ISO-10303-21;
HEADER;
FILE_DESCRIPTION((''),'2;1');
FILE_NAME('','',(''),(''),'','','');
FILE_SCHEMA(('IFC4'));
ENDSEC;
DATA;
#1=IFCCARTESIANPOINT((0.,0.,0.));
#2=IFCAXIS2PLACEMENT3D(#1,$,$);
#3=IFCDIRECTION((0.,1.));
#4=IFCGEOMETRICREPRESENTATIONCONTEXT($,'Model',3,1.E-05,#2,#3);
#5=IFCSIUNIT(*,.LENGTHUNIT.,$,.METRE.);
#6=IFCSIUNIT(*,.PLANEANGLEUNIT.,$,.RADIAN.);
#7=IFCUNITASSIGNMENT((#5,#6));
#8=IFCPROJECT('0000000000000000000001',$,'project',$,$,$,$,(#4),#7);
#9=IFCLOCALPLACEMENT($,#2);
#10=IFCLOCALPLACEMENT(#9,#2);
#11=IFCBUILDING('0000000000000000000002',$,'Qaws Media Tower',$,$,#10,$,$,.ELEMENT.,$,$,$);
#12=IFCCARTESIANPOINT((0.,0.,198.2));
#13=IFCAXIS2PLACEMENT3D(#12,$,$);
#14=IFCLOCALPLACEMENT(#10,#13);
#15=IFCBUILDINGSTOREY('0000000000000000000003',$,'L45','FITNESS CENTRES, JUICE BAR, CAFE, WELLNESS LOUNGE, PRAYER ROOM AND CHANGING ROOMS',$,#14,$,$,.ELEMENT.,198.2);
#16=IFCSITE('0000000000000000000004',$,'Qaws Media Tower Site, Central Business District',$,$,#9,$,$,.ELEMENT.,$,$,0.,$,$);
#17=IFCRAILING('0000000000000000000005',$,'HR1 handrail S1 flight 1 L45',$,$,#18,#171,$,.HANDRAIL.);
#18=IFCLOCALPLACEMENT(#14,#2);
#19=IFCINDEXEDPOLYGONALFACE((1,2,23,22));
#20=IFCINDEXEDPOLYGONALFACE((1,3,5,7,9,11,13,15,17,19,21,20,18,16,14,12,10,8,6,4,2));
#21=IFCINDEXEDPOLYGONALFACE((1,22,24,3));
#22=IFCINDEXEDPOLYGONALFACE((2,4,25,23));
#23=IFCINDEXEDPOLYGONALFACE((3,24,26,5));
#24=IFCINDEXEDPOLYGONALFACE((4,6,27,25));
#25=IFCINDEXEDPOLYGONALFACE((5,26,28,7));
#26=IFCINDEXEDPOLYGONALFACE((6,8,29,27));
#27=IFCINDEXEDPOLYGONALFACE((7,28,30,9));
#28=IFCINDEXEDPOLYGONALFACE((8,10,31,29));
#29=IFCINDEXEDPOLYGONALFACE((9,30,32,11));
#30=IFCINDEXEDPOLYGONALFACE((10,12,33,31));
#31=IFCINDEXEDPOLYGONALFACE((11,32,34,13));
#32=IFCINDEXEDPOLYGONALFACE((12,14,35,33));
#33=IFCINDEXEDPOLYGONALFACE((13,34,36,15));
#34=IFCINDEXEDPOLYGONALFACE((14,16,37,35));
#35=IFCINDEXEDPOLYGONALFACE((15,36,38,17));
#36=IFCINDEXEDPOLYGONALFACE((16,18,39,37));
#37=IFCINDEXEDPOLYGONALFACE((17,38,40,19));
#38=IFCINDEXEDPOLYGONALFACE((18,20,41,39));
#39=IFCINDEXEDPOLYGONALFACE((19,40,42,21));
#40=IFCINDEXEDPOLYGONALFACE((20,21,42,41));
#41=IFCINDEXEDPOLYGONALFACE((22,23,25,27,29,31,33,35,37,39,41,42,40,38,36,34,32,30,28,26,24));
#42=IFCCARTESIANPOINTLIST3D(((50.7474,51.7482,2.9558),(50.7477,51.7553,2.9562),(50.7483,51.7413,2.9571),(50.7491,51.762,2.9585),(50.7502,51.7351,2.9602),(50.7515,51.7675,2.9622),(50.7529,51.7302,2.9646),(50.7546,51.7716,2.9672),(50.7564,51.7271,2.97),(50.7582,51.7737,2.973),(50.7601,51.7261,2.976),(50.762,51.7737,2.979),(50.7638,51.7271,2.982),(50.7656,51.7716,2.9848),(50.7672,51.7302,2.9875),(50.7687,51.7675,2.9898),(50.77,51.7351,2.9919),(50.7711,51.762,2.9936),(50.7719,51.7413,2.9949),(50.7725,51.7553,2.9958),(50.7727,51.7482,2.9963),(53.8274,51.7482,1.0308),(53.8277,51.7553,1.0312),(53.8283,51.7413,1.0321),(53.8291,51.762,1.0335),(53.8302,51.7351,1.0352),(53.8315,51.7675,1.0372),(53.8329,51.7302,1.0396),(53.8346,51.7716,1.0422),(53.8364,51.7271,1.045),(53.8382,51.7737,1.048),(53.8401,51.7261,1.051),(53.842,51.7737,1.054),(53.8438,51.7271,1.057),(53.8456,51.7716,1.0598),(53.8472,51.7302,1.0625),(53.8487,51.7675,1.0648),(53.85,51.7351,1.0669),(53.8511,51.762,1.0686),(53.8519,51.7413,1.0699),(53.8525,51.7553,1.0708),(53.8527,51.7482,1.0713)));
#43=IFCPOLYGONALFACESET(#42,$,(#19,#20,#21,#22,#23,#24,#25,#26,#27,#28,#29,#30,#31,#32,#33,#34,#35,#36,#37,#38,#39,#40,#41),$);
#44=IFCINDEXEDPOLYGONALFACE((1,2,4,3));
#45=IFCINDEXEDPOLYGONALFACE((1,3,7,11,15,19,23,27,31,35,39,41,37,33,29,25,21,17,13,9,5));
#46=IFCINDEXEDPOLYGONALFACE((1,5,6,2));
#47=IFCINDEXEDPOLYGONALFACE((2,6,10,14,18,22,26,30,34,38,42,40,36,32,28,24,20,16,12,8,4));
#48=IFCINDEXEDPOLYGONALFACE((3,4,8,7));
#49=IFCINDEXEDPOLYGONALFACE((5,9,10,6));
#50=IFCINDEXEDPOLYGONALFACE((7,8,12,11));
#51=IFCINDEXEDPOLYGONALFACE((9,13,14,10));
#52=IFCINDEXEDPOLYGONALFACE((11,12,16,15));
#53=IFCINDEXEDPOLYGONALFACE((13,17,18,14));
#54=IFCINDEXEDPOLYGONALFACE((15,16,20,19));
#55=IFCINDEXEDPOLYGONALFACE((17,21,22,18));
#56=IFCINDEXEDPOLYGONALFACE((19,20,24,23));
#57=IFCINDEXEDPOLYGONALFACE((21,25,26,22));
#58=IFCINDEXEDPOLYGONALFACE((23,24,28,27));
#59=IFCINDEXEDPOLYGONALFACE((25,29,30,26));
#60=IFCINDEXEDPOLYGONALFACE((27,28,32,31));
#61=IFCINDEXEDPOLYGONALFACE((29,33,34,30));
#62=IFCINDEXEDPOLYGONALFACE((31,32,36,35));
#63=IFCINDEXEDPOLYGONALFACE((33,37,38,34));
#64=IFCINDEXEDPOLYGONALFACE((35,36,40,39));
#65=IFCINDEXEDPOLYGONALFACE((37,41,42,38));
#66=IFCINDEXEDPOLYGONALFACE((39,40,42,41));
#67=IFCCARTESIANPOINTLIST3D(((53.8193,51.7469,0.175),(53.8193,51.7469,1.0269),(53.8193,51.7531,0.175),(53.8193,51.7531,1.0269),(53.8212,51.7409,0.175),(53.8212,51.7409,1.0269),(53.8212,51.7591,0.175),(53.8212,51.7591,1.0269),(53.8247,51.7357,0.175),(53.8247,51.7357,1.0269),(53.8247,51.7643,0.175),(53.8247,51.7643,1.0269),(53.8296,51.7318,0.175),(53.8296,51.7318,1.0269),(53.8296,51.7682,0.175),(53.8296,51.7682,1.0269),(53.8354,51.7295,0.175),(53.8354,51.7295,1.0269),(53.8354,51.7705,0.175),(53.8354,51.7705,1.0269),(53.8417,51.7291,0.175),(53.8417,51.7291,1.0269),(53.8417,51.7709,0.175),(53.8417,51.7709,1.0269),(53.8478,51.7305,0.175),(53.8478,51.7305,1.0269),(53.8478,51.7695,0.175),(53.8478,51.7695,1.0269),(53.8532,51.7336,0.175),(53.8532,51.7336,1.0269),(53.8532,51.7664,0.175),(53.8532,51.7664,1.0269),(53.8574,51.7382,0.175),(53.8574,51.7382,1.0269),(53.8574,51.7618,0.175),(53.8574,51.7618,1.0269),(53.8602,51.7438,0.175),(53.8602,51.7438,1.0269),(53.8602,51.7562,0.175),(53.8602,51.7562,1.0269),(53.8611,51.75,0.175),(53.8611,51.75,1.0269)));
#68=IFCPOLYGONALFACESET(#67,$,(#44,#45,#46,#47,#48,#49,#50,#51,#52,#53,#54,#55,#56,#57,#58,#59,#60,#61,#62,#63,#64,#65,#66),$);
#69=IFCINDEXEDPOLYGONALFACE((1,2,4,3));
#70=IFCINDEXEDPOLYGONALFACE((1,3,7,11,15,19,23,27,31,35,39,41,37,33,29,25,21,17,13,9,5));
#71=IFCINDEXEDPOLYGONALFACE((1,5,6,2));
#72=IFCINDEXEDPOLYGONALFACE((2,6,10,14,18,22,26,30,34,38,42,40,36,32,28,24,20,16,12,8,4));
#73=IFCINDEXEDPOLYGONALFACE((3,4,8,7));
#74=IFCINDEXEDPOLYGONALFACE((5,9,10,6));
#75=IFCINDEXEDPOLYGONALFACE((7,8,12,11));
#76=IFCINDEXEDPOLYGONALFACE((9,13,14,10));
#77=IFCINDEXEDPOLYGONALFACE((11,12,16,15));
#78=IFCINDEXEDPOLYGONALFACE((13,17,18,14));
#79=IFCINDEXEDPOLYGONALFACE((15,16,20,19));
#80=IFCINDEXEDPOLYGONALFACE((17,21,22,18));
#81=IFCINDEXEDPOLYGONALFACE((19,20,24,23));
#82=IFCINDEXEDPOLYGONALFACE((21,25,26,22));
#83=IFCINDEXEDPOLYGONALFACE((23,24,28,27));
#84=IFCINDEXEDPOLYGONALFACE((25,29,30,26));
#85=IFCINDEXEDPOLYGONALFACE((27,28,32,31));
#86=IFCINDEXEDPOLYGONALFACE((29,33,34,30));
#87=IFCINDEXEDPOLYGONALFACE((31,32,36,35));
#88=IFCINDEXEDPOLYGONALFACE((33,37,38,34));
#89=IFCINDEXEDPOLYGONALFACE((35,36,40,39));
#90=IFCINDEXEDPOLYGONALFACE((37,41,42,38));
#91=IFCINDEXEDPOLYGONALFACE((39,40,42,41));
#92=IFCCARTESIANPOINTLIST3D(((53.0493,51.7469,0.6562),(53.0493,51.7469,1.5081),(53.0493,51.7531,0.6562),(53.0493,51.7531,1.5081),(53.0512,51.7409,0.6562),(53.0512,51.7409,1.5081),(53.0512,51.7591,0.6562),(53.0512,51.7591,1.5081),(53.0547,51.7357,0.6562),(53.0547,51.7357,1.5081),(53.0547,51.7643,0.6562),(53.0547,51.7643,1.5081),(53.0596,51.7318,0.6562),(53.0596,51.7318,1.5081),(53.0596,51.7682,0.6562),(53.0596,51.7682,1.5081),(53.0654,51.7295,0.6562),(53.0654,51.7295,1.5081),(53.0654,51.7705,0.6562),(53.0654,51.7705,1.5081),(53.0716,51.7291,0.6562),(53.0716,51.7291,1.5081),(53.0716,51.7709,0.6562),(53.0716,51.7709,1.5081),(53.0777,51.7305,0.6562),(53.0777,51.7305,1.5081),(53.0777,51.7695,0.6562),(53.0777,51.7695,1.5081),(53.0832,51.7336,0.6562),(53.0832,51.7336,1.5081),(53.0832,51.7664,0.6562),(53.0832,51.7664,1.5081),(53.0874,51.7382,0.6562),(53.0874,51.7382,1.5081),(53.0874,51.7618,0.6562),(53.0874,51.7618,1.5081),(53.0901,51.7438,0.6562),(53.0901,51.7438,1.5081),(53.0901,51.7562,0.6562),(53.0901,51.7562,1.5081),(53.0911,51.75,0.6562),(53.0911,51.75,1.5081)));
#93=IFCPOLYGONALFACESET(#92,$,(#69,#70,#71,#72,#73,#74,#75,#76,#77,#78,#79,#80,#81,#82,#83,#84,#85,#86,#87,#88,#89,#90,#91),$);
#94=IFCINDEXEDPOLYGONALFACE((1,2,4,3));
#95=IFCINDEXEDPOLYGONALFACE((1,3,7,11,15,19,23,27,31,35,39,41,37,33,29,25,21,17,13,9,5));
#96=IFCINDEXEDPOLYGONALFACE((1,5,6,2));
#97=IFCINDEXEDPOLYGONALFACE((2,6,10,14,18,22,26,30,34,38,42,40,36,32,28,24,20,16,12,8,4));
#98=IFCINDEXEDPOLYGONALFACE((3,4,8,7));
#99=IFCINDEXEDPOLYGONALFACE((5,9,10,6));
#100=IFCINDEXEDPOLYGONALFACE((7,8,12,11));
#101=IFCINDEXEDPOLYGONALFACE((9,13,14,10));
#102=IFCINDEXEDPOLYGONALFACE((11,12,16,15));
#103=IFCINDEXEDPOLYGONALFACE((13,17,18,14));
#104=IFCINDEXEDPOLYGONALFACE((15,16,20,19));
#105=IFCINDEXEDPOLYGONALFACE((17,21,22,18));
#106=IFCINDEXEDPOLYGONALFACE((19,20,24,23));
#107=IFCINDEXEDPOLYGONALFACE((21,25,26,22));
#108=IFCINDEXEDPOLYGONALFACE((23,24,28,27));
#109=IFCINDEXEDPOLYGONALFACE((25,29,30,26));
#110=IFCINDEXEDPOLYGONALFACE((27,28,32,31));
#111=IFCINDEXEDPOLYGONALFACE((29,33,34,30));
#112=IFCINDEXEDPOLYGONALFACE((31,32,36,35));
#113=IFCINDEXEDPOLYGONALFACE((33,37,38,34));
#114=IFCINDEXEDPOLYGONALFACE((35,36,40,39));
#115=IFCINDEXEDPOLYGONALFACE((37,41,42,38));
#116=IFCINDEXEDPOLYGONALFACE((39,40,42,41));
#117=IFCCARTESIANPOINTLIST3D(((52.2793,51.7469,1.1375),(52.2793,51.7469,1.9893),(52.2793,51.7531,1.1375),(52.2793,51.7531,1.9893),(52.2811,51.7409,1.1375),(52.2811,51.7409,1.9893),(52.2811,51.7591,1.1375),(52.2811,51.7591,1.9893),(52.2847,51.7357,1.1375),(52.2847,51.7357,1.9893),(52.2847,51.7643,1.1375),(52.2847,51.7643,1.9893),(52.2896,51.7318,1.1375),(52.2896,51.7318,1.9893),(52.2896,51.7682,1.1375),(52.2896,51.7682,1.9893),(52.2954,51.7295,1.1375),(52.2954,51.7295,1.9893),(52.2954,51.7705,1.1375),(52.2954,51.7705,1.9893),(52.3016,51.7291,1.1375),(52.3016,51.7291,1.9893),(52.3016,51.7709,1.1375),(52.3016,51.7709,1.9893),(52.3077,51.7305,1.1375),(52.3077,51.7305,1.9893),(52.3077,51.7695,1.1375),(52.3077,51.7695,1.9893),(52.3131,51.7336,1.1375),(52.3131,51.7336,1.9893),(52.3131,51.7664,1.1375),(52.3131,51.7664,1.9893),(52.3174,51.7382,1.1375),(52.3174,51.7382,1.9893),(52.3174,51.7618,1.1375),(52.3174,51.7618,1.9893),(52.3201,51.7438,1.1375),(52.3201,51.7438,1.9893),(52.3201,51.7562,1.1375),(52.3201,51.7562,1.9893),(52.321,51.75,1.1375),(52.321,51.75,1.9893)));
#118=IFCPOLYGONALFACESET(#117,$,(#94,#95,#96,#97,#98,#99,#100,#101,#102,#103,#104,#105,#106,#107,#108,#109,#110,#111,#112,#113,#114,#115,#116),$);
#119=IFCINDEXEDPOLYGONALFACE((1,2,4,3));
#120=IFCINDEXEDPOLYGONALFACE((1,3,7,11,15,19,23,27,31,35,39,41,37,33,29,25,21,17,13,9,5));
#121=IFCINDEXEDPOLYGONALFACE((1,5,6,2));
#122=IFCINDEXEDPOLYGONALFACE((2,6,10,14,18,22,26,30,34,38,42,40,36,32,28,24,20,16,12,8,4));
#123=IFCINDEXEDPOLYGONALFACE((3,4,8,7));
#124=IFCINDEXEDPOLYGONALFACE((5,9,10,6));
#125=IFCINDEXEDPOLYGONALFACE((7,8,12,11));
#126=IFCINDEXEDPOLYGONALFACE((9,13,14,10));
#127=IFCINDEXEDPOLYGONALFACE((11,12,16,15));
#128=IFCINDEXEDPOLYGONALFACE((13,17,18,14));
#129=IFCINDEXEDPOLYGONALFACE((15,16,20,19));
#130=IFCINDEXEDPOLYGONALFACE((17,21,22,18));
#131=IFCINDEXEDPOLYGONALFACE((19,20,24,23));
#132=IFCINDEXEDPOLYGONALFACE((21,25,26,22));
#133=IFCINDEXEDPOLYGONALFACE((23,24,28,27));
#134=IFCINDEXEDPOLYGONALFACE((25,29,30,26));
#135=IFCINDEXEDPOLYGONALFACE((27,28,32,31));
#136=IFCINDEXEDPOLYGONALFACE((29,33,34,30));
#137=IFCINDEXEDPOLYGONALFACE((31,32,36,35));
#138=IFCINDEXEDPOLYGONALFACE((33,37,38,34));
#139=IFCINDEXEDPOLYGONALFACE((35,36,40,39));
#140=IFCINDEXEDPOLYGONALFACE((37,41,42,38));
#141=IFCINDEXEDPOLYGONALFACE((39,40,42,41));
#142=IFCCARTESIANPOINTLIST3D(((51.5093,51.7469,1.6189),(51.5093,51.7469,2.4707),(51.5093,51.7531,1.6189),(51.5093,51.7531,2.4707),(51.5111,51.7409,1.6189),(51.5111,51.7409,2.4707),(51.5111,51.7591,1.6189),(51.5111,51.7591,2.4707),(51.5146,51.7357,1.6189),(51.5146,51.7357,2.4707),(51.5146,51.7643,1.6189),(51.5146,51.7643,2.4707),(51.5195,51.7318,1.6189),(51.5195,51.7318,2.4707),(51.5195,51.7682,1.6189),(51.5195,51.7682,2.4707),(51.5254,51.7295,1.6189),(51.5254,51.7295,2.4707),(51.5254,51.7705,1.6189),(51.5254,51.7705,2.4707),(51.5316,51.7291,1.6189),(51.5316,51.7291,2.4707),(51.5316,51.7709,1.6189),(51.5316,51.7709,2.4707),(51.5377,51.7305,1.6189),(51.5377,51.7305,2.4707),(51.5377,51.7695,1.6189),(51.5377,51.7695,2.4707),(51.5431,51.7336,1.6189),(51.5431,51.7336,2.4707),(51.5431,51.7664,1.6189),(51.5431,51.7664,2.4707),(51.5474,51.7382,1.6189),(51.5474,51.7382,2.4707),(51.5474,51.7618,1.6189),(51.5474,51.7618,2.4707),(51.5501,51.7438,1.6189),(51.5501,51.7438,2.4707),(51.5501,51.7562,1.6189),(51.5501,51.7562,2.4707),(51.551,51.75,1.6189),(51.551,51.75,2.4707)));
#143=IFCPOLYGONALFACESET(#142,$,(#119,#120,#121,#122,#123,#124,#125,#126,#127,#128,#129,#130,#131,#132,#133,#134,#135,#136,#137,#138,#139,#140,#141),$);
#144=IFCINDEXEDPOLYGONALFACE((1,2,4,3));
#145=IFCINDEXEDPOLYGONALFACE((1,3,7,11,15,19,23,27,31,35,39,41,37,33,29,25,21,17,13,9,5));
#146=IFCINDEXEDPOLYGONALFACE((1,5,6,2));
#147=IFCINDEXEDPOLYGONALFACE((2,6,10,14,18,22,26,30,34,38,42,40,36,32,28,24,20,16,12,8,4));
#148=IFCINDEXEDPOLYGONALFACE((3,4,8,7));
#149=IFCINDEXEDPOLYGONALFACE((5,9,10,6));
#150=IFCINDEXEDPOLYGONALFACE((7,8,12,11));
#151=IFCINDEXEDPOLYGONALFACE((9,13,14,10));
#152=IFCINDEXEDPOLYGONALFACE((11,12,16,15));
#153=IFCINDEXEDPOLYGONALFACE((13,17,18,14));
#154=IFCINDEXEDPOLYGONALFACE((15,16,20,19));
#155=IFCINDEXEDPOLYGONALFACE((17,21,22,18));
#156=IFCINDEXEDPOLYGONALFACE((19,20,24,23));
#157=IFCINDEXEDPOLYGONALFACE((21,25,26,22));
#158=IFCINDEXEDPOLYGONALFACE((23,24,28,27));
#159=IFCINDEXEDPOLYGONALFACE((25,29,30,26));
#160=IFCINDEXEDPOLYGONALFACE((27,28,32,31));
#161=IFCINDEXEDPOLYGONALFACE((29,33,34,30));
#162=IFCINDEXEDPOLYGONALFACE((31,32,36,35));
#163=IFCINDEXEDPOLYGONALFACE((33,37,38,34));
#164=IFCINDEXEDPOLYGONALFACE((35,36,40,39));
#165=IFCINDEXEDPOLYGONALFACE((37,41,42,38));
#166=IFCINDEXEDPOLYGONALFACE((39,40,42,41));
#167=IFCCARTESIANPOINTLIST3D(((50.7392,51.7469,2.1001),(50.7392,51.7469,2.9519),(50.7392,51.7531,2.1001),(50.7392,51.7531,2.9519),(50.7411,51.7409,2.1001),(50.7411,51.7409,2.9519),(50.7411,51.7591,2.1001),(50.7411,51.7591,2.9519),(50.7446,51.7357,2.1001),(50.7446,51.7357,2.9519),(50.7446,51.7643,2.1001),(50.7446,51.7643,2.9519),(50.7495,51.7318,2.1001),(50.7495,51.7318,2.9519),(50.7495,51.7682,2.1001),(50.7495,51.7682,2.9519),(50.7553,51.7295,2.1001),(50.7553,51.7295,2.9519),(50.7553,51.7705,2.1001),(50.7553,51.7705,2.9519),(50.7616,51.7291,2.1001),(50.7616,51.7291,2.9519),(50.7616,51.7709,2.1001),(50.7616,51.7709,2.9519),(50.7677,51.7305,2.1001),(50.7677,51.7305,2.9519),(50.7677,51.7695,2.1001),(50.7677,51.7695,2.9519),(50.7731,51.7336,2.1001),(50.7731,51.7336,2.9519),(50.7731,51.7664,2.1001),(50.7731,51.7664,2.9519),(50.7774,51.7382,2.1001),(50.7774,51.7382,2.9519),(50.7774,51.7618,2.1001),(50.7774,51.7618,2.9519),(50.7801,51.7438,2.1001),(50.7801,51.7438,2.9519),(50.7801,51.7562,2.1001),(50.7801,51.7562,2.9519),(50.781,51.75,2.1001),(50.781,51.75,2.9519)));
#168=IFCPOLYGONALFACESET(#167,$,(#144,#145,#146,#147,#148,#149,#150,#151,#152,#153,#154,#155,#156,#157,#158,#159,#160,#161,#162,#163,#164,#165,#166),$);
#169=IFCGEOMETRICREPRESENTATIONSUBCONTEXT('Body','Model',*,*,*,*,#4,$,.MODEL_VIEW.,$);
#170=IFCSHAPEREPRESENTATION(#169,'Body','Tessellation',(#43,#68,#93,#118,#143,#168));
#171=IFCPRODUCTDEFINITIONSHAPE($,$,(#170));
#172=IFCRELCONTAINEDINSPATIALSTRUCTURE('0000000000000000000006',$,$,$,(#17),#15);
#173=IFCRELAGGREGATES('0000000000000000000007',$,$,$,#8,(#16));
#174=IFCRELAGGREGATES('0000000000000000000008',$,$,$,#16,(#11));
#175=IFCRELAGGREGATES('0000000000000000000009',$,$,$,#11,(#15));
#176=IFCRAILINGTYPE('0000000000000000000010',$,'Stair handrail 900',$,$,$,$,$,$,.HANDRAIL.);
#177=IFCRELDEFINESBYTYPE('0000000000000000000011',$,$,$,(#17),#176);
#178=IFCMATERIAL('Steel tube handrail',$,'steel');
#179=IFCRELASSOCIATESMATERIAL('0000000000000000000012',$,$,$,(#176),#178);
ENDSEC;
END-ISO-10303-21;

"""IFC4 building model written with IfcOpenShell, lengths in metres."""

from ifc_helpers import new_model, si_unit, direction, frame, origin, origin_2d, place, context, subcontext, project, spatial, circle, extrude, material, type_object, element, save


model = new_model("IFC4")

# Units and contexts
model_context = context("Model", 3, precision=1e-05, world=origin(), true_north=direction((0.0, 1.0)))
body_context = subcontext(model_context, "Body", "Model", "MODEL_VIEW")
ifc_project = project(units=[si_unit("LENGTHUNIT", "METRE"), si_unit("PLANEANGLEUNIT", "RADIAN")], contexts=[model_context])

# Site, building, storey
site_placement = place(None, origin())
site = spatial("IfcSite", under=ifc_project, at=site_placement, Name="Qaws Media Tower Site, Central Business District", CompositionType="ELEMENT", RefElevation=0.0)
building_placement = place(site_placement, origin())
building = spatial("IfcBuilding", under=site, at=building_placement, Name="Qaws Media Tower", CompositionType="ELEMENT")
storey_placement = place(building_placement, frame((0.0, 0.0, 198.2)))
storey = spatial("IfcBuildingStorey", under=building, at=storey_placement, Name="L45", Description="FITNESS CENTRES, JUICE BAR, CAFE, WELLNESS LOUNGE, PRAYER ROOM AND CHANGING ROOMS", CompositionType="ELEMENT", Elevation=198.2)

# Railing
ifc_material_1 = material(Name="Steel tube handrail", Category="steel")
railing_type = type_object("IfcRailingType", Name="Stair handrail 900", PredefinedType="HANDRAIL", material=ifc_material_1)
for number, where, name in (
    (1, (53.8401, 51.75, 0.175), "HR1 handrail S1 flight 1 L45"),
):
    element("IfcRailing", number, at=place(storey_placement, frame(where)), inside=storey, type_object=railing_type, Name=name, PredefinedType="HANDRAIL", context=body_context, shape_type="SweptSolid", body=[
        extrude(circle(Radius=0.0239, at=origin_2d()), frame((0.0, 0.0, 0.876), z_axis=(-0.847998, 0.0, 0.529999), x_axis=(0.0, -1.0, 0.0)), (0.0, 0.0, 1.0), 3.6321),
        extrude(circle(Radius=0.021, at=origin_2d()), origin(), (0.0, 0.0, 1.0), 0.8518),
        extrude(circle(Radius=0.021, at=origin_2d()), frame((-0.77, 0.0, 0.4812)), (0.0, 0.0, 1.0), 0.8518),
        extrude(circle(Radius=0.021, at=origin_2d()), frame((-1.54, 0.0, 0.9624)), (0.0, 0.0, 1.0), 0.8518),
        extrude(circle(Radius=0.021, at=origin_2d()), frame((-2.3101, 0.0, 1.4438)), (0.0, 0.0, 1.0), 0.8518),
        extrude(circle(Radius=0.021, at=origin_2d()), frame((-3.0801, 0.0, 1.925)), (0.0, 0.0, 1.0), 0.8518),
    ])

save(model, "model.ifc")
